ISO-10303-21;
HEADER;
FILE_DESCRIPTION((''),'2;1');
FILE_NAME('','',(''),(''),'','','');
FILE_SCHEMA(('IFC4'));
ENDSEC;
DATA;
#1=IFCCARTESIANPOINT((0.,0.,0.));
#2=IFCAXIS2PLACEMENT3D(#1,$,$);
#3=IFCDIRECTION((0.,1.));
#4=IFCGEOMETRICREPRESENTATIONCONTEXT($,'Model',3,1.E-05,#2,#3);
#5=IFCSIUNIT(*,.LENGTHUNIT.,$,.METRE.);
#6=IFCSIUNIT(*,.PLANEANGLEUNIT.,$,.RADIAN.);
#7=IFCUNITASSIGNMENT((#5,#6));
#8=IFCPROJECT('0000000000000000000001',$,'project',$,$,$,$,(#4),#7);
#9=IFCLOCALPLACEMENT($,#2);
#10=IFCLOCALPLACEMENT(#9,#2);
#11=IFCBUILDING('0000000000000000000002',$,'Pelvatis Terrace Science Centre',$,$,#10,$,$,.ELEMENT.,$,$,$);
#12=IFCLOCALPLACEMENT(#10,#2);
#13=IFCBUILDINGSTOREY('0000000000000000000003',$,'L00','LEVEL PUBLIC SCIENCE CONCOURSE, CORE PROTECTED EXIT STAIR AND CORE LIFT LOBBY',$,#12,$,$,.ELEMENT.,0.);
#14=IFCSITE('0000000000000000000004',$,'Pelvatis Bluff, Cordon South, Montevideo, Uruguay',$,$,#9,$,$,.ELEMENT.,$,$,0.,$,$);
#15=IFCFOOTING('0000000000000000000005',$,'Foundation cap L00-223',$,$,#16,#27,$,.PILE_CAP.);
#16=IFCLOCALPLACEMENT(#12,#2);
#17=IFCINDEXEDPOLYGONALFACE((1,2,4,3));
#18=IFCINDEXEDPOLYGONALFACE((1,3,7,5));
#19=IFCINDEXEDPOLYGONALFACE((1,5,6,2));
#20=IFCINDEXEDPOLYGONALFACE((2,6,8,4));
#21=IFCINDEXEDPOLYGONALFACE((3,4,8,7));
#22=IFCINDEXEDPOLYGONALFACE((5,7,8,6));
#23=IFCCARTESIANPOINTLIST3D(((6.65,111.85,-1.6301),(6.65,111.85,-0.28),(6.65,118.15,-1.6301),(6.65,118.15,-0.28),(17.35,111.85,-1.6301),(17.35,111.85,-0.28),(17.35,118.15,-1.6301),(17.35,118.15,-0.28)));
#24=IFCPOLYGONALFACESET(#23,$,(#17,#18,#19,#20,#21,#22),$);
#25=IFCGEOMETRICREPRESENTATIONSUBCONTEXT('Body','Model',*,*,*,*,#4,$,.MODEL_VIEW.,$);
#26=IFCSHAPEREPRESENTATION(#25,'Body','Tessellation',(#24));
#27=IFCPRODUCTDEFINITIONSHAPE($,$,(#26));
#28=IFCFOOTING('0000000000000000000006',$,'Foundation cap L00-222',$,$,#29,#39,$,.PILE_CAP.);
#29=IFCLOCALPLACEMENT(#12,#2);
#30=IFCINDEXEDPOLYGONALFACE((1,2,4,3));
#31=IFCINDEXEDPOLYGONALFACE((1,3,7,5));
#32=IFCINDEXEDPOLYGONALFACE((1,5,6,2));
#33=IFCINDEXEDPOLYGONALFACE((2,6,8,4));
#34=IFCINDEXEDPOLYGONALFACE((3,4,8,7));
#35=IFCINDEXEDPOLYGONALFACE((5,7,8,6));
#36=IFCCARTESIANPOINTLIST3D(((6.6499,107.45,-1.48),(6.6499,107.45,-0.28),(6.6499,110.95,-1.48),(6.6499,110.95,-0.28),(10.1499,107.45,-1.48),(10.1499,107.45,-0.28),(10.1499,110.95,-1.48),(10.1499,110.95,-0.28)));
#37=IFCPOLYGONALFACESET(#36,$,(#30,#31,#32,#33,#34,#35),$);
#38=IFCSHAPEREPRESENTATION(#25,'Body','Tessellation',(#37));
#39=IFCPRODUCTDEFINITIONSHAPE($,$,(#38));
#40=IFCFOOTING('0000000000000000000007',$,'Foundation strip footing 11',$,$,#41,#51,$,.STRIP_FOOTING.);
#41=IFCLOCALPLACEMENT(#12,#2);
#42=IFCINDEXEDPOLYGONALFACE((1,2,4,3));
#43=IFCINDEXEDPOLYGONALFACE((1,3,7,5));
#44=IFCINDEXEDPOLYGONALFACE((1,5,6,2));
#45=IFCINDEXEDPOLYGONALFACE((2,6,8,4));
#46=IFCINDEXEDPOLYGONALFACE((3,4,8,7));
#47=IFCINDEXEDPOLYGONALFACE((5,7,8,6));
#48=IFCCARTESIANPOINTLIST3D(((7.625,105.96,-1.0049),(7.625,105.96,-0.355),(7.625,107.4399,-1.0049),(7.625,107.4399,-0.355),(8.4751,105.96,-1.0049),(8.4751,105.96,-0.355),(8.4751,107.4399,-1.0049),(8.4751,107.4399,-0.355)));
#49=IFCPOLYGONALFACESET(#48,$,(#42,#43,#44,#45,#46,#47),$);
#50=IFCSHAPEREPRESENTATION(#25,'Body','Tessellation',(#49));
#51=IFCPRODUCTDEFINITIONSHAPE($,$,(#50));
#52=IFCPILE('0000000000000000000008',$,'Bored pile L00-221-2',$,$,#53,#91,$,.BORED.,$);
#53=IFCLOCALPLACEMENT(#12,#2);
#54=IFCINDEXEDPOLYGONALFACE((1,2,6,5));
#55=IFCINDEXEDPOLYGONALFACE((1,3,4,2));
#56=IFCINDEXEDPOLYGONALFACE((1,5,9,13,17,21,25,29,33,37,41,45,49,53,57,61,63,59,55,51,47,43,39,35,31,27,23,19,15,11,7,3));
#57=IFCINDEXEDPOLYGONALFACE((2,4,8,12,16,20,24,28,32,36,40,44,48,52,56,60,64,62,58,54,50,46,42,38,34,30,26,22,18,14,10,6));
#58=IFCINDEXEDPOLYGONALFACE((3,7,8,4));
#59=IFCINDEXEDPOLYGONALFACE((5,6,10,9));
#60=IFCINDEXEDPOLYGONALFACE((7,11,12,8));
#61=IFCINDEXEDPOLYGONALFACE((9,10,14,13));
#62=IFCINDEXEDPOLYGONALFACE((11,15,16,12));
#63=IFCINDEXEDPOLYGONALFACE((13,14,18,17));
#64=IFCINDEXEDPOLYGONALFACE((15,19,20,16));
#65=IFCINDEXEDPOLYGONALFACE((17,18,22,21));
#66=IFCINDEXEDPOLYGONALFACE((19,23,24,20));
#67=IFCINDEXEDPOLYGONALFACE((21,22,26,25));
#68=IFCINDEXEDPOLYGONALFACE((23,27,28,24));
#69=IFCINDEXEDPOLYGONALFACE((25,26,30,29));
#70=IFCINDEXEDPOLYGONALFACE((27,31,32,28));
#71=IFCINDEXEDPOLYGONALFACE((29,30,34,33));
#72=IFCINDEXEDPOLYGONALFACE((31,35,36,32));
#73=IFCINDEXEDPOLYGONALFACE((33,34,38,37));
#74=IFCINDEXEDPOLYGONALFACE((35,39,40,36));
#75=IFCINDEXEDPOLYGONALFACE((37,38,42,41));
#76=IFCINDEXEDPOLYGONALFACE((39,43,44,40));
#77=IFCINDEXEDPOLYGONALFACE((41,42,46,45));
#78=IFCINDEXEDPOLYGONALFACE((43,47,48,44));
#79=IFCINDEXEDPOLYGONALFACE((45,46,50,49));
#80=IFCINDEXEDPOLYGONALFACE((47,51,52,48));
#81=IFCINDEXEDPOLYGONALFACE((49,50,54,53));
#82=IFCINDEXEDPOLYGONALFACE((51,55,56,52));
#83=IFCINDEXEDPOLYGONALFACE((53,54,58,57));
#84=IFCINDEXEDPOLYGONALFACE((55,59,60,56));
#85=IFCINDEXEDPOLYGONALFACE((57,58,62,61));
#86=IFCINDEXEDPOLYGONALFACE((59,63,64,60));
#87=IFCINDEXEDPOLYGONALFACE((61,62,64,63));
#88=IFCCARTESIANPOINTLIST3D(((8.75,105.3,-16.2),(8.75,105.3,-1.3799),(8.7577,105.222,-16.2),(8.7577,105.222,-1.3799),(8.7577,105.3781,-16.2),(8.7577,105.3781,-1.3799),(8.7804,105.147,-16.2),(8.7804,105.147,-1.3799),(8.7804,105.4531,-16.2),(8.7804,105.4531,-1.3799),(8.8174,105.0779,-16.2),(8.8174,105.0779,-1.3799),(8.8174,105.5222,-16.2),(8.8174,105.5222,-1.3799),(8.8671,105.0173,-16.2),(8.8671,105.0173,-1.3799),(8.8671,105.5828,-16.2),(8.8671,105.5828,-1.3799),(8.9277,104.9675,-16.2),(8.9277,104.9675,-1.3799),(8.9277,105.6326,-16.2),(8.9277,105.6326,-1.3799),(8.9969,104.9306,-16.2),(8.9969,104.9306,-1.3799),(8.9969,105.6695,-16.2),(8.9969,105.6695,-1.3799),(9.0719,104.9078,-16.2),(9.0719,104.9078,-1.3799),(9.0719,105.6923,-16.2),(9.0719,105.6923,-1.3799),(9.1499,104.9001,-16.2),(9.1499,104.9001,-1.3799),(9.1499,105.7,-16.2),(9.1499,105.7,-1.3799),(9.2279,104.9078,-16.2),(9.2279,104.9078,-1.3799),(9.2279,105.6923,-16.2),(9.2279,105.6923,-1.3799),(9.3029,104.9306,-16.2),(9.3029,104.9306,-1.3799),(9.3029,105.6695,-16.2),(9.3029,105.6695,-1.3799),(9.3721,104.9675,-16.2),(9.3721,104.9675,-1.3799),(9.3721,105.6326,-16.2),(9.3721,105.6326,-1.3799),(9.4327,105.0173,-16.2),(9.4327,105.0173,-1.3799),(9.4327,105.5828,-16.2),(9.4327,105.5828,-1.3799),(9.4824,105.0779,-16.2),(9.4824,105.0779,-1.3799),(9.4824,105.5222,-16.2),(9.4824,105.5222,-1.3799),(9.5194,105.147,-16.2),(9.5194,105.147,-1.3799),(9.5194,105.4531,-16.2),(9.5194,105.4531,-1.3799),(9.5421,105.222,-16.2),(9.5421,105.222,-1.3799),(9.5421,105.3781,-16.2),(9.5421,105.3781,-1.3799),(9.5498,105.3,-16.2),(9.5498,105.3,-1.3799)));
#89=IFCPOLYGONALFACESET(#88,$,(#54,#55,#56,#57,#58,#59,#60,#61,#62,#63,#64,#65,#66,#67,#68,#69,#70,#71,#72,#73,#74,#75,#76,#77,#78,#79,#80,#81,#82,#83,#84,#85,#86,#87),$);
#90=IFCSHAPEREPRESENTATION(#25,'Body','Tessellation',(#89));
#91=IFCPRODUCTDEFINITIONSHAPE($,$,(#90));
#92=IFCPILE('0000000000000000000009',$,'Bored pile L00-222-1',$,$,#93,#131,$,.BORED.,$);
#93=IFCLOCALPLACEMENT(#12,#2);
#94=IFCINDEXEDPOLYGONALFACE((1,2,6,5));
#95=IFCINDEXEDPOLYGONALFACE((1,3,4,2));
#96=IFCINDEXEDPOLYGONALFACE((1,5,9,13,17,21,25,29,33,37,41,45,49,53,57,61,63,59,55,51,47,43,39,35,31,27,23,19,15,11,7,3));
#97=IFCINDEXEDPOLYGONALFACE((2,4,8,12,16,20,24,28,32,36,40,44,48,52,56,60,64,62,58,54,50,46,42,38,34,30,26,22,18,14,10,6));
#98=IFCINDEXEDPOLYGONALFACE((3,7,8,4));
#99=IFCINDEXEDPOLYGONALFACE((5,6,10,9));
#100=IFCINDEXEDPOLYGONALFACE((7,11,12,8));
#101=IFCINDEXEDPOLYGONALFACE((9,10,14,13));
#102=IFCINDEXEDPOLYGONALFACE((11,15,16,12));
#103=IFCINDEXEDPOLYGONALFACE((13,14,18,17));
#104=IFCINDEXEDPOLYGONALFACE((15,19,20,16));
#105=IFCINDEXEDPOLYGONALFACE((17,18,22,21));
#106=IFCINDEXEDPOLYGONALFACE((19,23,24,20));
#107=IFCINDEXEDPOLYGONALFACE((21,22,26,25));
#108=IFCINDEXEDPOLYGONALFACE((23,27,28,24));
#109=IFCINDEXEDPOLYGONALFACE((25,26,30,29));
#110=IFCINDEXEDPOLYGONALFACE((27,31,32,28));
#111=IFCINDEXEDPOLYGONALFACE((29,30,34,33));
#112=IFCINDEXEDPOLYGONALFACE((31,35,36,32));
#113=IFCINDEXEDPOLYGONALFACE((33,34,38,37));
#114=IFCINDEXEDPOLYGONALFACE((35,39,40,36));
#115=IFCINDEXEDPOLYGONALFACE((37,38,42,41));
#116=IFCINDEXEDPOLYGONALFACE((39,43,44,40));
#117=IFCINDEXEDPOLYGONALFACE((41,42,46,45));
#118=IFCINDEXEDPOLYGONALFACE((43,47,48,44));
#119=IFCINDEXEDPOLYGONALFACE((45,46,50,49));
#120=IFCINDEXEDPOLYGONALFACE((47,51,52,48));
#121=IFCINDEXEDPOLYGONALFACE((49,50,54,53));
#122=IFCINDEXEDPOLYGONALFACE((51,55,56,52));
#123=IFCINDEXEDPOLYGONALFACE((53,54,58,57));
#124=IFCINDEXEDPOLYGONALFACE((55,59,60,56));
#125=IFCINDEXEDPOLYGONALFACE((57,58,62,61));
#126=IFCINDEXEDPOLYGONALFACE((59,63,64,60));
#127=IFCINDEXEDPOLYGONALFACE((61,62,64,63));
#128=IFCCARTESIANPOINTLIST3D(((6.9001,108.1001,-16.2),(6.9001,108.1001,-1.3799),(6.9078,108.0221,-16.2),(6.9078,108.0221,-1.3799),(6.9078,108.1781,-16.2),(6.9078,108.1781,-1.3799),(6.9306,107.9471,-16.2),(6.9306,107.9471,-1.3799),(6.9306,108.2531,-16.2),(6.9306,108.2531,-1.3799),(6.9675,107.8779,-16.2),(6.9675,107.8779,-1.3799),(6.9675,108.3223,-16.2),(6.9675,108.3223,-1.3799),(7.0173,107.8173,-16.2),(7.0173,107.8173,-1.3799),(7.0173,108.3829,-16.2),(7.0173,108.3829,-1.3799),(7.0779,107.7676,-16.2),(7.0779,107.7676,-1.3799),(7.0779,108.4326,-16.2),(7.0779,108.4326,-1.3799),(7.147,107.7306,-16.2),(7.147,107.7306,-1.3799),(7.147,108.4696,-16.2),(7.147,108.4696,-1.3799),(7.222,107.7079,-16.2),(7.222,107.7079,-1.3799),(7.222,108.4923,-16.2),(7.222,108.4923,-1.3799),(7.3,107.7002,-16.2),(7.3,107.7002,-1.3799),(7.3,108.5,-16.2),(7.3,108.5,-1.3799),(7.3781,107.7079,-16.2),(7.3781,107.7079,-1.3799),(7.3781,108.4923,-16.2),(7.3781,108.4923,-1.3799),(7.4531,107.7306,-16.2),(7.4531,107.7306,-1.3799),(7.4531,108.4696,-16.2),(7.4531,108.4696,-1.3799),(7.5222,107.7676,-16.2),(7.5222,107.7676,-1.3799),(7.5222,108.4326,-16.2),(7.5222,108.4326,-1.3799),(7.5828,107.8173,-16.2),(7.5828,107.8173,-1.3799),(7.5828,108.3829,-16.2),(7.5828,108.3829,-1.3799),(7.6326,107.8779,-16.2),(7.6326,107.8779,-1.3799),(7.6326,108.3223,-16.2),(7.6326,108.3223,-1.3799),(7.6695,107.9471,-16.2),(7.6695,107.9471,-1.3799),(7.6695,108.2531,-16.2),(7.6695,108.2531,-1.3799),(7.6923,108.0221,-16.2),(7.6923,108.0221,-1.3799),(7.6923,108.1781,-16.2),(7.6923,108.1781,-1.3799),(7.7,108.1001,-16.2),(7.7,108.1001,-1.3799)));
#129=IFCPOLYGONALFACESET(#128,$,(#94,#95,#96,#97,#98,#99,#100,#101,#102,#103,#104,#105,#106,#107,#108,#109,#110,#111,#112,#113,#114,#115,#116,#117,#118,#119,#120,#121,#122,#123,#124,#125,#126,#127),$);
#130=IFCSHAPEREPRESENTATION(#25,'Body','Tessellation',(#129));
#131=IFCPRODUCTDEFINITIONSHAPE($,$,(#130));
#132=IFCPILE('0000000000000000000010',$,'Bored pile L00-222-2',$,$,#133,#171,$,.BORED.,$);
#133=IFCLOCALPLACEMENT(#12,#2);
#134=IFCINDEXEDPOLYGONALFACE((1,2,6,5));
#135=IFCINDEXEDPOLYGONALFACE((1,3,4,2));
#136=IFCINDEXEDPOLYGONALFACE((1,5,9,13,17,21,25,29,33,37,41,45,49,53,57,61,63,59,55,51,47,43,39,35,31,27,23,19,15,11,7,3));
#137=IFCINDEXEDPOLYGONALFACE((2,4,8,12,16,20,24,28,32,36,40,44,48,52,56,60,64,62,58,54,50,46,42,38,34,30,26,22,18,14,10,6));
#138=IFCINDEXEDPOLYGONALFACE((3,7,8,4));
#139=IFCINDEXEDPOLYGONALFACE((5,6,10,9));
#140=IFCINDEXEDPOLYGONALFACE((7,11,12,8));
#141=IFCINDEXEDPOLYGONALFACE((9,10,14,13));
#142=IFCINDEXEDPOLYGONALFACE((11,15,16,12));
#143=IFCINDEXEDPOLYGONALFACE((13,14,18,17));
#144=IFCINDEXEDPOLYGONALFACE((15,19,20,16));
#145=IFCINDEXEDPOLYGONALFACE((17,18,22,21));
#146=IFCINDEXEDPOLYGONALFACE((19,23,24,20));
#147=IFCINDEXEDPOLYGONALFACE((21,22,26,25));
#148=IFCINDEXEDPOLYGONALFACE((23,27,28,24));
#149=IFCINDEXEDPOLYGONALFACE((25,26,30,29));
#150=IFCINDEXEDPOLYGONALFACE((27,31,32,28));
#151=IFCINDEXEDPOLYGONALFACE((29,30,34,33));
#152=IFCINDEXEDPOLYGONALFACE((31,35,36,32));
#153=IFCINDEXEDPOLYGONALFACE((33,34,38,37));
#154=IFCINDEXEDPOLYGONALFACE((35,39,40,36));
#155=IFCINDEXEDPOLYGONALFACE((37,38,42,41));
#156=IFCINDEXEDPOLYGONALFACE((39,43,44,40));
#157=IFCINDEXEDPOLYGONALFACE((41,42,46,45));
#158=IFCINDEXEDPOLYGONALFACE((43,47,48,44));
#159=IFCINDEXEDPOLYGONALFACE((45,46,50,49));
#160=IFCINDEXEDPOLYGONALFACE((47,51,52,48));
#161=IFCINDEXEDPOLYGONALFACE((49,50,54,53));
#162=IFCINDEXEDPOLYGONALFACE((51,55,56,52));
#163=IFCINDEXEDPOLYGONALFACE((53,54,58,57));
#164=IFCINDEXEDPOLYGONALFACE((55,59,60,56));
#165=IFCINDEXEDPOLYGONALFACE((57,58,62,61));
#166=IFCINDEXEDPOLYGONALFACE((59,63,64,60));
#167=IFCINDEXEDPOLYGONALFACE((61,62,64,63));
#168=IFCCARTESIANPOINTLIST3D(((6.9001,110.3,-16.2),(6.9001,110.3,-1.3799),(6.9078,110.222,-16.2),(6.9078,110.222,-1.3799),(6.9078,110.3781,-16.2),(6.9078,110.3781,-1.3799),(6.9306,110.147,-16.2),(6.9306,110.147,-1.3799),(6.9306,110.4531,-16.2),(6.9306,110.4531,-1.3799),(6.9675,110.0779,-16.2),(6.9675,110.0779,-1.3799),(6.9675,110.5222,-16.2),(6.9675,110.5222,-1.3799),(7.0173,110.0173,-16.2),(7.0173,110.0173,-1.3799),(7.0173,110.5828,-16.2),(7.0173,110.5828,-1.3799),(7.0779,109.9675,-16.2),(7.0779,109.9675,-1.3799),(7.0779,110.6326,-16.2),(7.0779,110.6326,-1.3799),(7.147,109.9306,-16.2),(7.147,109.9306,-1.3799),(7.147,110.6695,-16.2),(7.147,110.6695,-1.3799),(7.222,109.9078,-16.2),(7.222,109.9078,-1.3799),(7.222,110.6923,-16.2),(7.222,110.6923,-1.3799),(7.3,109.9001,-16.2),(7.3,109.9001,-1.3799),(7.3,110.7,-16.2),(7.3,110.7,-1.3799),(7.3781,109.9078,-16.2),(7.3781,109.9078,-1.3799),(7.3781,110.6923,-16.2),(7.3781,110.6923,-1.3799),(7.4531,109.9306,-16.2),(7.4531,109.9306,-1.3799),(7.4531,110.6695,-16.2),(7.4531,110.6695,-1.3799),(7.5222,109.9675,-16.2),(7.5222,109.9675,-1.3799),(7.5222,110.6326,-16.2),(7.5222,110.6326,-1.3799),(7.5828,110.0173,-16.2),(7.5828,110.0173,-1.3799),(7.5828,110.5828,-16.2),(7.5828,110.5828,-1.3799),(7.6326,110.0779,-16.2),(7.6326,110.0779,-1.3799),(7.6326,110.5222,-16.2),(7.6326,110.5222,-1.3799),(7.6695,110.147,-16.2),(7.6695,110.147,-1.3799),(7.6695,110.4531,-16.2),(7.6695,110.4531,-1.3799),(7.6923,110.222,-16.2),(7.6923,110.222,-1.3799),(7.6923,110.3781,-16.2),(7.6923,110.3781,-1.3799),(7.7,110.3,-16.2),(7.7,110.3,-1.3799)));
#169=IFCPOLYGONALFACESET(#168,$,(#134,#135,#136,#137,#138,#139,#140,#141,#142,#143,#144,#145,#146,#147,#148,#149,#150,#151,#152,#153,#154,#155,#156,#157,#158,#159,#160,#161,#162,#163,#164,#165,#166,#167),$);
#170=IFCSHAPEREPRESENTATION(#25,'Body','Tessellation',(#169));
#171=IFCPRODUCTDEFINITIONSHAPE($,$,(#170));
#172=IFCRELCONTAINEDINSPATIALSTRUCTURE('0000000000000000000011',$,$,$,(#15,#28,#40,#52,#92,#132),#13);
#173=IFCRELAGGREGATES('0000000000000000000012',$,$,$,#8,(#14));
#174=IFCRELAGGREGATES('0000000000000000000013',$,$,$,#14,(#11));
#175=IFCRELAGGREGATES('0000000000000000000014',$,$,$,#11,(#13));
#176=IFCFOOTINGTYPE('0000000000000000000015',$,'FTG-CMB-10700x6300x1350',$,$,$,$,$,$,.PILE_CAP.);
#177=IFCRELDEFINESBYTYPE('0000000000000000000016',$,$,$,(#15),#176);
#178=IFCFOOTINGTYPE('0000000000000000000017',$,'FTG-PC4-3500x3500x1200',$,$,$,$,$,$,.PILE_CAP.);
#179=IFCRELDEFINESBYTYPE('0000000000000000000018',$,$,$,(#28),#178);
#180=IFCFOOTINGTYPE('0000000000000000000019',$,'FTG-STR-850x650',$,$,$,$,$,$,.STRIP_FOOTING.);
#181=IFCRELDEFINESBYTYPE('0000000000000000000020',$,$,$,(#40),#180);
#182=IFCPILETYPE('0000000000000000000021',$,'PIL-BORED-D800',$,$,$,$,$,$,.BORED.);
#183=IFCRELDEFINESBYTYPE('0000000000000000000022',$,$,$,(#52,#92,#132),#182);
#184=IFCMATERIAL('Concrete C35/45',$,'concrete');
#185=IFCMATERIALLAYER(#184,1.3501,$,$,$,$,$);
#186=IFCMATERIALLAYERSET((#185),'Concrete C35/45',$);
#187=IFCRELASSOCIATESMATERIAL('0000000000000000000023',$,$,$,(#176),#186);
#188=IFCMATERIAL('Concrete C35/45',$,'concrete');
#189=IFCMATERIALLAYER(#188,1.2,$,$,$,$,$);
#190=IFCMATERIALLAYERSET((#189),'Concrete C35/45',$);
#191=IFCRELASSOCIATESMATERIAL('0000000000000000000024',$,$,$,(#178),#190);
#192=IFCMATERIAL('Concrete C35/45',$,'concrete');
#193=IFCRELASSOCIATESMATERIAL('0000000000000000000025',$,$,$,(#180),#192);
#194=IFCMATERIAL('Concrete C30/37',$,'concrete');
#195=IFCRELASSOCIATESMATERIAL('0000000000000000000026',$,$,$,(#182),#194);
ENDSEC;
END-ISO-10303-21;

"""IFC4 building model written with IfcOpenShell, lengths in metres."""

from ifc_helpers import new_model, si_unit, direction, frame, origin, origin_2d, place, context, subcontext, project, spatial, rectangle, circle, extrude, material, layer, layer_set, material_profile, profile_set, type_object, element, save


model = new_model("IFC4")

# Units and contexts
model_context = context("Model", 3, precision=1e-05, world=origin(), true_north=direction((0.0, 1.0)))
body_context = subcontext(model_context, "Body", "Model", "MODEL_VIEW")
ifc_project = project(units=[si_unit("LENGTHUNIT", "METRE"), si_unit("PLANEANGLEUNIT", "RADIAN")], contexts=[model_context])

# Site, building, storey
site_placement = place(None, origin())
site = spatial("IfcSite", under=ifc_project, at=site_placement, Name="Pelvatis Bluff, Cordon South, Montevideo, Uruguay", CompositionType="ELEMENT", RefElevation=0.0)
building_placement = place(site_placement, origin())
building = spatial("IfcBuilding", under=site, at=building_placement, Name="Pelvatis Terrace Science Centre", CompositionType="ELEMENT")
storey_placement = place(building_placement, origin())
storey = spatial("IfcBuildingStorey", under=building, at=storey_placement, Name="L00", Description="LEVEL PUBLIC SCIENCE CONCOURSE, CORE PROTECTED EXIT STAIR AND CORE LIFT LOBBY", CompositionType="ELEMENT", Elevation=0.0)

# Footings
ifc_material_1 = material(Name="Concrete C35/45", Category="concrete")
ifc_layer_1 = layer(ifc_material_1, 1.3501)
ifc_layer_set_1 = layer_set([ifc_layer_1], Name="Concrete C35/45")
footing_type_1 = type_object("IfcFootingType", Name="FTG-CMB-10700x6300x1350", PredefinedType="PILE_CAP", material=ifc_layer_set_1)
footing_1_placement = place(storey_placement, frame((12.0, 115.0, -1.6301), z_axis=(0.0, 0.0, 1.0), x_axis=(1.0, 0.0, 0.0)))
element("IfcFooting", 1, at=footing_1_placement, inside=storey, type_object=footing_type_1, Name="Foundation cap L00-223", PredefinedType="PILE_CAP", context=body_context, shape_type="SweptSolid", body=[
    extrude(rectangle(XDim=10.7, YDim=6.3, at=origin_2d()), origin(), (0.0, 0.0, 1.0), 1.3501),
])
ifc_material_2 = material(Name="Concrete C35/45", Category="concrete")
ifc_layer_2 = layer(ifc_material_2, 1.2)
ifc_layer_set_2 = layer_set([ifc_layer_2], Name="Concrete C35/45")
footing_type_2 = type_object("IfcFootingType", Name="FTG-PC4-3500x3500x1200", PredefinedType="PILE_CAP", material=ifc_layer_set_2)
footing_2_placement = place(storey_placement, frame((8.3999, 109.2, -1.48), z_axis=(0.0, 0.0, 1.0), x_axis=(1.0, 0.0, 0.0)))
element("IfcFooting", 2, at=footing_2_placement, inside=storey, type_object=footing_type_2, Name="Foundation cap L00-222", PredefinedType="PILE_CAP", context=body_context, shape_type="SweptSolid", body=[
    extrude(rectangle(XDim=3.5, YDim=3.5, at=origin_2d()), origin(), (0.0, 0.0, 1.0), 1.2),
])
ifc_material_3 = material(Name="Concrete C35/45", Category="concrete")
ifc_material_profile_1 = material_profile(ifc_material_3, rectangle(XDim=0.8501, YDim=0.6499, at=origin_2d()), Name="RC-STR 850x650")
ifc_profile_set_1 = profile_set([ifc_material_profile_1], Name="Concrete C35/45")
footing_type_3 = type_object("IfcFootingType", Name="FTG-STR-850x650", PredefinedType="STRIP_FOOTING", material=ifc_profile_set_1)
footing_3_placement = place(storey_placement, frame((8.05, 105.96, -0.6799), z_axis=(0.0, 1.0, 0.0), x_axis=(-1.0, 0.0, 0.0)))
element("IfcFooting", 3, at=footing_3_placement, inside=storey, type_object=footing_type_3, Name="Foundation strip footing 11", PredefinedType="STRIP_FOOTING", context=body_context, shape_type="SweptSolid", body=[
    extrude(rectangle(XDim=0.8501, YDim=0.6499, at=origin_2d()), origin(), (0.0, 0.0, 1.0), 1.48),
])

# Piles
ifc_material_4 = material(Name="Concrete C30/37", Category="concrete")
ifc_material_profile_2 = material_profile(ifc_material_4, circle(Radius=0.3999, at=origin_2d()), Name="PILE D800")
ifc_profile_set_2 = profile_set([ifc_material_profile_2], Name="Concrete C30/37")
pile_type = type_object("IfcPileType", Name="PIL-BORED-D800", PredefinedType="BORED", material=ifc_profile_set_2)
for number, where, z_axis, x_axis, name in (
    (4, (9.1499, 105.3, -1.3799), (0.0, 0.0, -1.0), (1.0, 0.0, 0.0), "Bored pile L00-221-2"),
    (5, (7.3, 108.1001, -1.3799), (0.0, 0.0, -1.0), (1.0, 0.0, 0.0), "Bored pile L00-222-1"),
    (6, (7.3, 110.3, -1.3799), (0.0, 0.0, -1.0), (1.0, 0.0, 0.0), "Bored pile L00-222-2"),
):
    element("IfcPile", number, at=place(storey_placement, frame(where, z_axis=z_axis, x_axis=x_axis)), inside=storey, type_object=pile_type, Name=name, PredefinedType="BORED", context=body_context, shape_type="SweptSolid", body=[
        extrude(circle(Radius=0.3999, at=origin_2d()), origin(), (0.0, 0.0, 1.0), 14.8201),
    ])

save(model, "model.ifc")
